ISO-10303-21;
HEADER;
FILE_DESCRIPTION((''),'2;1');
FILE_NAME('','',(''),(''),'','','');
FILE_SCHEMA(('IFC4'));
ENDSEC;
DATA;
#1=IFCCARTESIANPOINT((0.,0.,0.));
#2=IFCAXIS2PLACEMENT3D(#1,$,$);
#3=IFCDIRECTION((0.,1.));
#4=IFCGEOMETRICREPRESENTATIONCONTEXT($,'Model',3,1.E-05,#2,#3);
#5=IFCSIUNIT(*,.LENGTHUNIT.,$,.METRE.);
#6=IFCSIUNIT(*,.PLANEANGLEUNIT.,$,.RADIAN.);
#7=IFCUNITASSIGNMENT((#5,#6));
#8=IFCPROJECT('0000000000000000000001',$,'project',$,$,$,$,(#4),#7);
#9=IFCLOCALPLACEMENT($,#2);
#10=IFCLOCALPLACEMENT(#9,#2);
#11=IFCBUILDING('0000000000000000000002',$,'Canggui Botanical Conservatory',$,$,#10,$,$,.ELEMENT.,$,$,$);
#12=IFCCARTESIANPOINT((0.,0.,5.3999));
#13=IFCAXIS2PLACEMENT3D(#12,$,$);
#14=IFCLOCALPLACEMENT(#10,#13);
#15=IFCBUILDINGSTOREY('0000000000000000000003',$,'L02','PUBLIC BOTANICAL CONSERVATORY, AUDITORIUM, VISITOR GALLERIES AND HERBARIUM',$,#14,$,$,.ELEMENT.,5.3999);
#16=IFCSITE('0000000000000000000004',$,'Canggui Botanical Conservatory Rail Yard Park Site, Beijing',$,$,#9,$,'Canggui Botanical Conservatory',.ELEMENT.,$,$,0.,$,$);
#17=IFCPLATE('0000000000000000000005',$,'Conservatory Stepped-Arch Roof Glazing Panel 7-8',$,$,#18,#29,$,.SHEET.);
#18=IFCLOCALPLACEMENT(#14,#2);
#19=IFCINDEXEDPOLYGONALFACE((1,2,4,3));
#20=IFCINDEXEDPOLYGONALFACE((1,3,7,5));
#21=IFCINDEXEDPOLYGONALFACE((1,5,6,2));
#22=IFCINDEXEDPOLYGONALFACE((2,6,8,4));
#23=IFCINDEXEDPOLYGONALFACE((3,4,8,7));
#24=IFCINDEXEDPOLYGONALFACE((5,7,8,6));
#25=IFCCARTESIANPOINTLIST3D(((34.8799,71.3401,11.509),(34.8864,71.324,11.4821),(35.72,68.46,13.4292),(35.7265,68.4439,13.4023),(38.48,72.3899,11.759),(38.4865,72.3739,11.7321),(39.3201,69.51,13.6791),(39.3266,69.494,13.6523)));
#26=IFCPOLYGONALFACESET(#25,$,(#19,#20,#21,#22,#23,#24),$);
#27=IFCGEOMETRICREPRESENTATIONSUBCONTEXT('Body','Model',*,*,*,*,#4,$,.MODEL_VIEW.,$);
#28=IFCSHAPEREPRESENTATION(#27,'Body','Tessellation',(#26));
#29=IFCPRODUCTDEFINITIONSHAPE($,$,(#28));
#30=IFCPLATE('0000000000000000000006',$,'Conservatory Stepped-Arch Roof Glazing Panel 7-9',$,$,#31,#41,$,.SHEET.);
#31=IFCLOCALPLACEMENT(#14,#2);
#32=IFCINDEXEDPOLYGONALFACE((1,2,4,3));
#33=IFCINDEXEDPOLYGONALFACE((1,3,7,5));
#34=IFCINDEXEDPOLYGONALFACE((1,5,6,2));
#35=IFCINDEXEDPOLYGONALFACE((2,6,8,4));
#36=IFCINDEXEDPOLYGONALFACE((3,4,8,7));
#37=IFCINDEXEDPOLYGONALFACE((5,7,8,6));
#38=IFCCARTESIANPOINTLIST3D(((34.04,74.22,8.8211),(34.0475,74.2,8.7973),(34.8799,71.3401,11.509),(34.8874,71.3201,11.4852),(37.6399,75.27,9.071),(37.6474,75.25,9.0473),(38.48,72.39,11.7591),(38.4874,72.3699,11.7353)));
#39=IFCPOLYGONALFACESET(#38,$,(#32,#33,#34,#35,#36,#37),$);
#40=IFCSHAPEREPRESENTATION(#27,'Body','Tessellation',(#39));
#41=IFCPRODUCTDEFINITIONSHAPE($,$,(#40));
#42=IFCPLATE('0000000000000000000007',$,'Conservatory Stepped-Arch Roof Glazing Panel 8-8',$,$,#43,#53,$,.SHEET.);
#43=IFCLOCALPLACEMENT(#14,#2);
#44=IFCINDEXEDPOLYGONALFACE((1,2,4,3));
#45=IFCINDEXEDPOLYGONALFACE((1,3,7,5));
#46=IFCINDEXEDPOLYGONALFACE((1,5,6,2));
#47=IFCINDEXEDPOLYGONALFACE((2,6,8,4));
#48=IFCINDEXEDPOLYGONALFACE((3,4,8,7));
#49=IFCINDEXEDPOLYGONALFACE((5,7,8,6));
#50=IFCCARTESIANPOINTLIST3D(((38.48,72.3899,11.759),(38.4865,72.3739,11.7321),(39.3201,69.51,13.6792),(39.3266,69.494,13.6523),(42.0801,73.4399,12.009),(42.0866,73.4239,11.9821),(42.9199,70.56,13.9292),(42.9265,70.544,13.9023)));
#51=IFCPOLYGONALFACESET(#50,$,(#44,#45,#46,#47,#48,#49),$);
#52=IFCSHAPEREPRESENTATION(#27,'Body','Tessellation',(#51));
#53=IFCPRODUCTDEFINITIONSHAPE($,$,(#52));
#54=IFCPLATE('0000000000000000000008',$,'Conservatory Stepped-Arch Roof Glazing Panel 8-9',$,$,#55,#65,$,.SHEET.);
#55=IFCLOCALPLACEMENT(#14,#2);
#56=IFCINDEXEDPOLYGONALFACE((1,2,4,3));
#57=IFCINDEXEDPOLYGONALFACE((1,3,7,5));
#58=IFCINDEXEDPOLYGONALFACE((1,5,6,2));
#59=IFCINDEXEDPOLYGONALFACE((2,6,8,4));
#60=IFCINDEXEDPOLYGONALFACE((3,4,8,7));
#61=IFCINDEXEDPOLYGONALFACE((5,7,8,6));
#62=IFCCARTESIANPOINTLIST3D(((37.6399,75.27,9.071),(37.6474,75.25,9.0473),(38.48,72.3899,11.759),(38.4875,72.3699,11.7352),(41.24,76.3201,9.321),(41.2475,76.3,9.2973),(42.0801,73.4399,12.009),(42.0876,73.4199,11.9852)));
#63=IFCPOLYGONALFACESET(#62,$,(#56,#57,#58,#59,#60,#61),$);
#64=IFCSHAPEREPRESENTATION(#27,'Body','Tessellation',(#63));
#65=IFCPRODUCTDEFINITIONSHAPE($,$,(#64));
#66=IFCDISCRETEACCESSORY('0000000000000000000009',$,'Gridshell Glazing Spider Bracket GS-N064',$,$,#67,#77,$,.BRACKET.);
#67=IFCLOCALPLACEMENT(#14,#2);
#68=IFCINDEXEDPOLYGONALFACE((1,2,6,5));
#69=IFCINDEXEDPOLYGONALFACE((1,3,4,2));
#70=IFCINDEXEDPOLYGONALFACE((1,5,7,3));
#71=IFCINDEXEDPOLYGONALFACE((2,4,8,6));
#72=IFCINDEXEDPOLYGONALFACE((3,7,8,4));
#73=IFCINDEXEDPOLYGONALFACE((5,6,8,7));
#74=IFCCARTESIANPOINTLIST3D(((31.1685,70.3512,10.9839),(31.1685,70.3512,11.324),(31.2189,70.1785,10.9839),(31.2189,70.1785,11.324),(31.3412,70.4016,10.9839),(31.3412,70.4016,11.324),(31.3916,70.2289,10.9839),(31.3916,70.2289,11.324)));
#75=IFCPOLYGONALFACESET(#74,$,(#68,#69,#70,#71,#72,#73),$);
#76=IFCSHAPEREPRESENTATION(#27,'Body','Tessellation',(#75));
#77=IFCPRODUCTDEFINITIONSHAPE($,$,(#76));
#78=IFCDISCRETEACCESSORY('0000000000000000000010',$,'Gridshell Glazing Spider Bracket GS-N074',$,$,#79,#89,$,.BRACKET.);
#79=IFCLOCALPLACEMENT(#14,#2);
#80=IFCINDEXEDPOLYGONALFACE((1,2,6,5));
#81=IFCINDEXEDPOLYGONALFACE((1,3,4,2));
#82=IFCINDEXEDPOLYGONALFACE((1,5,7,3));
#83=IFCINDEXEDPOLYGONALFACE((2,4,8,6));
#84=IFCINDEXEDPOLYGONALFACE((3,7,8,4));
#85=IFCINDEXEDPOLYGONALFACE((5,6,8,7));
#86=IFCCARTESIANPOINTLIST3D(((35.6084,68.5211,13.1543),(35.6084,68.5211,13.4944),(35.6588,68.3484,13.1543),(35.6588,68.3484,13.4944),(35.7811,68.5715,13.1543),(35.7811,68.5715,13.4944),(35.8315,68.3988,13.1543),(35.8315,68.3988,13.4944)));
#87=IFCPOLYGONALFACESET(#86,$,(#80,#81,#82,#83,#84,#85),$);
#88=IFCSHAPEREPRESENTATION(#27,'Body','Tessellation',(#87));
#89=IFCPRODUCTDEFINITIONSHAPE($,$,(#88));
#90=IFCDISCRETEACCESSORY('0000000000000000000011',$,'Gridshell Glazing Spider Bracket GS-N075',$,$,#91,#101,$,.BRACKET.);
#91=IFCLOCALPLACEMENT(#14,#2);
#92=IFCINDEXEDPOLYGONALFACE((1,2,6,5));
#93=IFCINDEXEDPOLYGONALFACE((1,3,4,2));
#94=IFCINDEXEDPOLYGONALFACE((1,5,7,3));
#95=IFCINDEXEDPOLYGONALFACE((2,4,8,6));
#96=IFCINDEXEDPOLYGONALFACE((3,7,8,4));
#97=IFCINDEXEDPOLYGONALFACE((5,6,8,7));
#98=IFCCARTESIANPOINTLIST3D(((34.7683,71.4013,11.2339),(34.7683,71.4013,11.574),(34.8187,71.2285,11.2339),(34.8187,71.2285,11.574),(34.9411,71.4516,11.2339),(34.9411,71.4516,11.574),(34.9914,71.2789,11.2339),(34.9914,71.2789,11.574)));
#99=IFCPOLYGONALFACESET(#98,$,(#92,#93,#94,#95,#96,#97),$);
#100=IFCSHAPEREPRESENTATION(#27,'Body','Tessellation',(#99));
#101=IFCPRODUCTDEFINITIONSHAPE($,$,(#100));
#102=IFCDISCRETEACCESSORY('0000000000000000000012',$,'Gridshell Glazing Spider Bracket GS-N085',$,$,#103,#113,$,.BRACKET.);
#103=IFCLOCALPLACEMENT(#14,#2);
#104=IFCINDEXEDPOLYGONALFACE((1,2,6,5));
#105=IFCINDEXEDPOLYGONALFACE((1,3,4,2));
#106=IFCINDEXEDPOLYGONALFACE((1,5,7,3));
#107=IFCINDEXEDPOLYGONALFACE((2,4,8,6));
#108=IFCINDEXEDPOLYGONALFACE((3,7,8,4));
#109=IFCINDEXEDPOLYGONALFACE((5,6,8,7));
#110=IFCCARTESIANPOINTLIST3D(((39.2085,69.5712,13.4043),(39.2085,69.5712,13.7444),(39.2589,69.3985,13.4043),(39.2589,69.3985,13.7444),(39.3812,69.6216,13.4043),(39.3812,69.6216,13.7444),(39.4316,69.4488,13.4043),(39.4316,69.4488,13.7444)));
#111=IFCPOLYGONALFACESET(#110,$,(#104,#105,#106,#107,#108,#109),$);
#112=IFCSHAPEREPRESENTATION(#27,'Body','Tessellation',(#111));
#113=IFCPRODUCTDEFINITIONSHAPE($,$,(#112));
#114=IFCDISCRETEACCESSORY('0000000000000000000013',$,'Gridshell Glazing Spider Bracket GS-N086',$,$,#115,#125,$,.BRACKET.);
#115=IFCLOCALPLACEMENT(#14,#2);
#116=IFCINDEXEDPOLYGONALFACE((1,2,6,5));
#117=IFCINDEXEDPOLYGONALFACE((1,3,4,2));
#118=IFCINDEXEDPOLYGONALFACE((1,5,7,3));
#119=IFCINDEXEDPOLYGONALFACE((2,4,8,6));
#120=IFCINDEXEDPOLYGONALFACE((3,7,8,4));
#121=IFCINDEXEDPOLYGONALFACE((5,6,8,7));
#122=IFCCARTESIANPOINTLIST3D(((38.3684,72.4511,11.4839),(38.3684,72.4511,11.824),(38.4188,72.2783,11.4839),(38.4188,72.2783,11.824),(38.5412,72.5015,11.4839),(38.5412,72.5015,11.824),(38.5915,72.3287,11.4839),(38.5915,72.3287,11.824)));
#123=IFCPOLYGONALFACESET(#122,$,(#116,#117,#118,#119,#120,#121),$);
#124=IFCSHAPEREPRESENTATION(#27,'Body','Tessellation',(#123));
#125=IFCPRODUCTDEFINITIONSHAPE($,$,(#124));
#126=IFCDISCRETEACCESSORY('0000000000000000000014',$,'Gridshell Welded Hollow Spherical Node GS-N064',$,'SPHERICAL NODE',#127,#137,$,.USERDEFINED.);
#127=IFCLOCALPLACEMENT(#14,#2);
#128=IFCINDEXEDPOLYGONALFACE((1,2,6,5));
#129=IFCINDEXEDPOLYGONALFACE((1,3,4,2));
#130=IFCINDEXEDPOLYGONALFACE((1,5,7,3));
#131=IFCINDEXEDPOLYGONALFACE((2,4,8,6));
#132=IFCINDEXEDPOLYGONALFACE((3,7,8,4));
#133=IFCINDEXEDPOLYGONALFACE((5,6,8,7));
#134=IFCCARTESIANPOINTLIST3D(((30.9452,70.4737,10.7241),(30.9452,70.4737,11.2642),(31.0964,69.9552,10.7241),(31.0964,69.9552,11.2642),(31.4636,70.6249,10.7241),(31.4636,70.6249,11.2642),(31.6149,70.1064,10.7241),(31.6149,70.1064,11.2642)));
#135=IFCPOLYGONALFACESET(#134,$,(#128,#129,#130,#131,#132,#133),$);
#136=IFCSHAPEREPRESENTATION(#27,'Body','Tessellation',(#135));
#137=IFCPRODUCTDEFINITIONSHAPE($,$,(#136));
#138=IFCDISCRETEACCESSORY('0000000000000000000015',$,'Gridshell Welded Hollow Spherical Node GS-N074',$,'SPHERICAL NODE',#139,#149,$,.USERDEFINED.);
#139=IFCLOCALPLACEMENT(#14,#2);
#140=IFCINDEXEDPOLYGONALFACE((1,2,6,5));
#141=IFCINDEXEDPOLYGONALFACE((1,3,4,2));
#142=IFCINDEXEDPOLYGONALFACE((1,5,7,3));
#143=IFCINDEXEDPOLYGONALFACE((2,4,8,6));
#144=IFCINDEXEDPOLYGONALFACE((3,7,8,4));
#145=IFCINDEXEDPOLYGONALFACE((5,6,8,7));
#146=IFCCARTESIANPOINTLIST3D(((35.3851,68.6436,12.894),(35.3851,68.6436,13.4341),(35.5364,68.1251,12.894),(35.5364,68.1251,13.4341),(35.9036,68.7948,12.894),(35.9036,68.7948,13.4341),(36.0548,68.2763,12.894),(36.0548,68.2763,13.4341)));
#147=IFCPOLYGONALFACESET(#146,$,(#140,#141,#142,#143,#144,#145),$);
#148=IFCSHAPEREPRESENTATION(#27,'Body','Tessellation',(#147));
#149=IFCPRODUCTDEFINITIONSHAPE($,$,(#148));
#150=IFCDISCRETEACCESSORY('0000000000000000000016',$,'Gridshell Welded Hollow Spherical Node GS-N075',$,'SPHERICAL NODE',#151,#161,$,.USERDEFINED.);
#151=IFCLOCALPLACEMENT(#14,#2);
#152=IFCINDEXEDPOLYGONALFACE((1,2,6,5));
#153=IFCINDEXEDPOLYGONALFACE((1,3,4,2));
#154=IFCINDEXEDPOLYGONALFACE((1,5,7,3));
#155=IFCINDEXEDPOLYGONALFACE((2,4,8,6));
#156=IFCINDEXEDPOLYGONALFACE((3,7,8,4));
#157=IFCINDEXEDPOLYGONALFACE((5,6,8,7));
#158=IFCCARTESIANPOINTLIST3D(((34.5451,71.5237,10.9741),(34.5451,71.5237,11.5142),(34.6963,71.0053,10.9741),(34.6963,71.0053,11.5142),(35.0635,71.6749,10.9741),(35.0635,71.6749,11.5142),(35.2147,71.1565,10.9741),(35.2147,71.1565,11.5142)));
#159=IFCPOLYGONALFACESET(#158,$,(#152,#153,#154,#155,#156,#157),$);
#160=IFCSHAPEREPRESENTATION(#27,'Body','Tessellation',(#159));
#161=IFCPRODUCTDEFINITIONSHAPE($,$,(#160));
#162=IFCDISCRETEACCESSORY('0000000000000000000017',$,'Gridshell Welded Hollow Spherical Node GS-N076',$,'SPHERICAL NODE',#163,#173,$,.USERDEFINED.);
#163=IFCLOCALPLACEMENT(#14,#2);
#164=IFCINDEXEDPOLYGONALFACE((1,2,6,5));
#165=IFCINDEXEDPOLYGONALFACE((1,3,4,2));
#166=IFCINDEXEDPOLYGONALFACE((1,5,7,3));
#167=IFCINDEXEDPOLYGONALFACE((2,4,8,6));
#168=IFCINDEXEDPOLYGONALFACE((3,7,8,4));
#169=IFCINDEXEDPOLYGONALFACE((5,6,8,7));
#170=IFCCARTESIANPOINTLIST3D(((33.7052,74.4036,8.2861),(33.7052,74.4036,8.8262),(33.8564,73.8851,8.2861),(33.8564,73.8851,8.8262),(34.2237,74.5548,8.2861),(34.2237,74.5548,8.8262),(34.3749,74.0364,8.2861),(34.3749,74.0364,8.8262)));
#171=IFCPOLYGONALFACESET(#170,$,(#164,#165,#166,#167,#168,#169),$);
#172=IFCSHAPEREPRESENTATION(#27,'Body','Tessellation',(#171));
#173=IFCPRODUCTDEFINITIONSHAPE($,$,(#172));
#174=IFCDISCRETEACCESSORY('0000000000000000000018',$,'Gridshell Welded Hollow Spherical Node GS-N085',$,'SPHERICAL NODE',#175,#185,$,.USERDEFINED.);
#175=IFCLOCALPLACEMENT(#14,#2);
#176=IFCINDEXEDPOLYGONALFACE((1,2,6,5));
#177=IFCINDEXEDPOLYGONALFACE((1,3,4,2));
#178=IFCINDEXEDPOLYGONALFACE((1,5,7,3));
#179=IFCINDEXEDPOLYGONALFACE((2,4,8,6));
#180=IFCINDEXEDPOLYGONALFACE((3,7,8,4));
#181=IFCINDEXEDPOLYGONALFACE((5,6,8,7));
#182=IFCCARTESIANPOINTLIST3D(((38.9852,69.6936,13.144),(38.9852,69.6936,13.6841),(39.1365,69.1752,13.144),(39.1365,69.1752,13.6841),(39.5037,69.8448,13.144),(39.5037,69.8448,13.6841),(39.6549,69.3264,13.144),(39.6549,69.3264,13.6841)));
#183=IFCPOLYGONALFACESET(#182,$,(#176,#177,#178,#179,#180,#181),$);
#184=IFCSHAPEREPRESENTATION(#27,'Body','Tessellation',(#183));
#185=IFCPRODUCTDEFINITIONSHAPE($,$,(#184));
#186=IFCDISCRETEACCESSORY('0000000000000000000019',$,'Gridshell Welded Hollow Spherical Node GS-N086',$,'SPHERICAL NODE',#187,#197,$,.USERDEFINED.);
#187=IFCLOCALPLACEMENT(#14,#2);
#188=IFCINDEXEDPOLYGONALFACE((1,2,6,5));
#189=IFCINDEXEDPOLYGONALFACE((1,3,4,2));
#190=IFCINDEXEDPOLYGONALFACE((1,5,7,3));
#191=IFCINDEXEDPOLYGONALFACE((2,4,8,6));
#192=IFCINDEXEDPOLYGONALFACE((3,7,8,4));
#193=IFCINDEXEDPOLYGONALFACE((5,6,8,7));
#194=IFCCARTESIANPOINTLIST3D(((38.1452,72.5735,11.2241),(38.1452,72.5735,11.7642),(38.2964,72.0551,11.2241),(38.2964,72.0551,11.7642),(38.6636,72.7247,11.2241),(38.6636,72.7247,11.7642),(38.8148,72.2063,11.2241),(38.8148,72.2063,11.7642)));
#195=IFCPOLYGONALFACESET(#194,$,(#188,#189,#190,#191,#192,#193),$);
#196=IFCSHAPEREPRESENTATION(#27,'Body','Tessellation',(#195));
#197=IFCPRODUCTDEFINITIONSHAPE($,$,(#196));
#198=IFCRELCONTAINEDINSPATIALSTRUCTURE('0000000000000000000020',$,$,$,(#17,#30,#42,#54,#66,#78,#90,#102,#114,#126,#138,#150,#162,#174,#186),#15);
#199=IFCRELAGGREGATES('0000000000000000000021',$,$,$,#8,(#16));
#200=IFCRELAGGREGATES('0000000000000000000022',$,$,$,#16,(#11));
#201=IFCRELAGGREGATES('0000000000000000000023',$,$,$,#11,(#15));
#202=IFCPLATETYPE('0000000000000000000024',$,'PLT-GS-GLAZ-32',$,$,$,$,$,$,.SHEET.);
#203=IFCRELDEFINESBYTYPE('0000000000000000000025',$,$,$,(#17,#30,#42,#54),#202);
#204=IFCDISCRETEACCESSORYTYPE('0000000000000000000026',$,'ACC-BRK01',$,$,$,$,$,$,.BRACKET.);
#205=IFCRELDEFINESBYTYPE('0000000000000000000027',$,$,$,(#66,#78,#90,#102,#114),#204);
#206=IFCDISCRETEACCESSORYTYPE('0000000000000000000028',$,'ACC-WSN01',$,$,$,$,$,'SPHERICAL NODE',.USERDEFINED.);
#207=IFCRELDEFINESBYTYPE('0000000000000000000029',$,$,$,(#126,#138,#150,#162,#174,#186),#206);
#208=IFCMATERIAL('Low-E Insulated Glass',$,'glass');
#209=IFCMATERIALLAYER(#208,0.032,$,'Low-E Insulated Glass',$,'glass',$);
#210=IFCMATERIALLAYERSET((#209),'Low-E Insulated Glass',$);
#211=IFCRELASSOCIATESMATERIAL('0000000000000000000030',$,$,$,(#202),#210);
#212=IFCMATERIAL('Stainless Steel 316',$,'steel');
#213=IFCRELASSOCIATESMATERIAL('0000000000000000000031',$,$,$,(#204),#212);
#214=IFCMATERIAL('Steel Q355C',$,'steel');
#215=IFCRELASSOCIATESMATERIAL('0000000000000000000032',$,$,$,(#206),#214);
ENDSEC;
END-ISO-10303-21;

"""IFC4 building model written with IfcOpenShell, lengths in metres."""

from ifc_helpers import new_model, si_unit, direction, frame, origin, origin_2d, place, context, subcontext, project, spatial, polyline, rectangle, outline, extrude, material, layer, layer_set, type_object, element, save


model = new_model("IFC4")

# Units and contexts
model_context = context("Model", 3, precision=1e-05, world=origin(), true_north=direction((0.0, 1.0)))
body_context = subcontext(model_context, "Body", "Model", "MODEL_VIEW")
ifc_project = project(units=[si_unit("LENGTHUNIT", "METRE"), si_unit("PLANEANGLEUNIT", "RADIAN")], contexts=[model_context])

# Site, building, storey
site_placement = place(None, origin())
site = spatial("IfcSite", under=ifc_project, at=site_placement, Name="Canggui Botanical Conservatory Rail Yard Park Site, Beijing", LongName="Canggui Botanical Conservatory", CompositionType="ELEMENT", RefElevation=0.0)
building_placement = place(site_placement, origin())
building = spatial("IfcBuilding", under=site, at=building_placement, Name="Canggui Botanical Conservatory", CompositionType="ELEMENT")
storey_placement = place(building_placement, frame((0.0, 0.0, 5.3999)))
storey = spatial("IfcBuildingStorey", under=building, at=storey_placement, Name="L02", Description="PUBLIC BOTANICAL CONSERVATORY, AUDITORIUM, VISITOR GALLERIES AND HERBARIUM", CompositionType="ELEMENT", Elevation=5.3999)

# Shared definitions
ifc_material_1 = material(Name="Steel Q355C", Category="steel")

# Plates
ifc_material_2 = material(Name="Low-E Insulated Glass", Category="glass")
ifc_layer = layer(ifc_material_2, 0.032, Name="Low-E Insulated Glass", Category="glass")
ifc_layer_set = layer_set([ifc_layer], Name="Low-E Insulated Glass")
plate_type = type_object("IfcPlateType", Name="PLT-GS-GLAZ-32", PredefinedType="SHEET", material=ifc_layer_set)
plate_1_placement = place(storey_placement, frame((35.72, 68.46, 13.4292), z_axis=(-0.204511, 0.501012, 0.840929), x_axis=(0.957876, 0.279377, 0.066503)))
element("IfcPlate", 1, at=plate_1_placement, inside=storey, type_object=plate_type, Name="Conservatory Stepped-Arch Roof Glazing Panel 7-8", PredefinedType="SHEET", context=body_context, shape_type="SweptSolid", body=[
    extrude(outline(polyline([(0.0, 0.0), (3.7584, 0.0), (3.6306, 3.5595), (-0.1278, 3.5597), (0.0, 0.0)])), origin(), (0.0, 0.0, -1.0), 0.032),
])
plate_2_placement = place(storey_placement, frame((34.8799, 71.3401, 11.509), z_axis=(-0.234215, 0.625954, 0.743858), x_axis=(0.957883, 0.279342, 0.066539)))
element("IfcPlate", 2, at=plate_2_placement, inside=storey, type_object=plate_type, Name="Conservatory Stepped-Arch Roof Glazing Panel 7-9", PredefinedType="SHEET", context=body_context, shape_type="SweptSolid", body=[
    extrude(outline(polyline([(0.0, 0.0), (3.7584, 0.0), (3.5793, 4.0242), (-0.1789, 4.024), (0.0, 0.0)])), origin(), (0.0, 0.0, -1.0), 0.032),
])
plate_3_placement = place(storey_placement, frame((39.3201, 69.51, 13.6792), z_axis=(-0.204537, 0.501025, 0.840915), x_axis=(0.957868, 0.279399, 0.066516)))
element("IfcPlate", 3, at=plate_3_placement, inside=storey, type_object=plate_type, Name="Conservatory Stepped-Arch Roof Glazing Panel 8-8", PredefinedType="SHEET", context=body_context, shape_type="SweptSolid", body=[
    extrude(outline(polyline([(0.0, 0.0), (3.7582, 0.0), (3.6307, 3.5595), (-0.1278, 3.5595), (0.0, 0.0)])), origin(), (0.0, 0.0, -1.0), 0.032),
])
plate_4_placement = place(storey_placement, frame((38.48, 72.3899, 11.759), z_axis=(-0.234223, 0.625931, 0.743875), x_axis=(0.957872, 0.279385, 0.066517)))
element("IfcPlate", 4, at=plate_4_placement, inside=storey, type_object=plate_type, Name="Conservatory Stepped-Arch Roof Glazing Panel 8-9", PredefinedType="SHEET", context=body_context, shape_type="SweptSolid", body=[
    extrude(outline(polyline([(0.0, 0.0), (3.7584, 0.0), (3.5796, 4.0242), (-0.1788, 4.0242), (0.0, 0.0)])), origin(), (0.0, 0.0, -1.0), 0.032),
])

# Discrete accessories
ifc_material_3 = material(Name="Stainless Steel 316", Category="steel")
discrete_accessory_type_1 = type_object("IfcDiscreteAccessoryType", Name="ACC-BRK01", PredefinedType="BRACKET", material=ifc_material_3)
for number, where, z_axis, x_axis, name in (
    (5, (31.28, 70.29, 10.9839), (0.0, 0.0, 1.0), (0.96, 0.28, 0.0), "Gridshell Glazing Spider Bracket GS-N064"),
    (6, (35.72, 68.46, 13.1543), (0.0, 0.0, 1.0), (0.96, 0.28, 0.0), "Gridshell Glazing Spider Bracket GS-N074"),
    (7, (34.8799, 71.3401, 11.2339), (0.0, 0.0, 1.0), (0.96, 0.28, 0.0), "Gridshell Glazing Spider Bracket GS-N075"),
    (8, (39.3201, 69.51, 13.4043), (0.0, 0.0, 1.0), (0.96, 0.28, 0.0), "Gridshell Glazing Spider Bracket GS-N085"),
    (9, (38.48, 72.3899, 11.4839), (0.0, 0.0, 1.0), (0.96, 0.28, 0.0), "Gridshell Glazing Spider Bracket GS-N086"),
):
    element("IfcDiscreteAccessory", number, at=place(storey_placement, frame(where, z_axis=z_axis, x_axis=x_axis)), inside=storey, type_object=discrete_accessory_type_1, Name=name, PredefinedType="BRACKET", context=body_context, shape_type="SweptSolid", body=[
        extrude(rectangle(XDim=0.1799, YDim=0.1799, at=origin_2d()), origin(), (0.0, 0.0, 1.0), 0.3401),
    ])
discrete_accessory_type_2 = type_object("IfcDiscreteAccessoryType", Name="ACC-WSN01", ElementType="SPHERICAL NODE", PredefinedType="USERDEFINED", material=ifc_material_1)
for number, where, z_axis, x_axis, name in (
    (10, (31.28, 70.29, 10.7241), (0.0, 0.0, 1.0), (0.96, 0.28, 0.0), "Gridshell Welded Hollow Spherical Node GS-N064"),
    (11, (35.72, 68.46, 12.894), (0.0, 0.0, 1.0), (0.96, 0.28, 0.0), "Gridshell Welded Hollow Spherical Node GS-N074"),
    (12, (34.8799, 71.3401, 10.9741), (0.0, 0.0, 1.0), (0.96, 0.28, 0.0), "Gridshell Welded Hollow Spherical Node GS-N075"),
    (13, (34.04, 74.22, 8.2861), (0.0, 0.0, 1.0), (0.96, 0.28, 0.0), "Gridshell Welded Hollow Spherical Node GS-N076"),
    (14, (39.3201, 69.51, 13.144), (0.0, 0.0, 1.0), (0.96, 0.28, 0.0), "Gridshell Welded Hollow Spherical Node GS-N085"),
    (15, (38.48, 72.3899, 11.2241), (0.0, 0.0, 1.0), (0.96, 0.28, 0.0), "Gridshell Welded Hollow Spherical Node GS-N086"),
):
    element("IfcDiscreteAccessory", number, at=place(storey_placement, frame(where, z_axis=z_axis, x_axis=x_axis)), inside=storey, type_object=discrete_accessory_type_2, Name=name, ObjectType="SPHERICAL NODE", PredefinedType="USERDEFINED", context=body_context, shape_type="SweptSolid", body=[
        extrude(rectangle(XDim=0.54, YDim=0.54, at=origin_2d()), origin(), (0.0, 0.0, 1.0), 0.54),
    ])

save(model, "model.ifc")
